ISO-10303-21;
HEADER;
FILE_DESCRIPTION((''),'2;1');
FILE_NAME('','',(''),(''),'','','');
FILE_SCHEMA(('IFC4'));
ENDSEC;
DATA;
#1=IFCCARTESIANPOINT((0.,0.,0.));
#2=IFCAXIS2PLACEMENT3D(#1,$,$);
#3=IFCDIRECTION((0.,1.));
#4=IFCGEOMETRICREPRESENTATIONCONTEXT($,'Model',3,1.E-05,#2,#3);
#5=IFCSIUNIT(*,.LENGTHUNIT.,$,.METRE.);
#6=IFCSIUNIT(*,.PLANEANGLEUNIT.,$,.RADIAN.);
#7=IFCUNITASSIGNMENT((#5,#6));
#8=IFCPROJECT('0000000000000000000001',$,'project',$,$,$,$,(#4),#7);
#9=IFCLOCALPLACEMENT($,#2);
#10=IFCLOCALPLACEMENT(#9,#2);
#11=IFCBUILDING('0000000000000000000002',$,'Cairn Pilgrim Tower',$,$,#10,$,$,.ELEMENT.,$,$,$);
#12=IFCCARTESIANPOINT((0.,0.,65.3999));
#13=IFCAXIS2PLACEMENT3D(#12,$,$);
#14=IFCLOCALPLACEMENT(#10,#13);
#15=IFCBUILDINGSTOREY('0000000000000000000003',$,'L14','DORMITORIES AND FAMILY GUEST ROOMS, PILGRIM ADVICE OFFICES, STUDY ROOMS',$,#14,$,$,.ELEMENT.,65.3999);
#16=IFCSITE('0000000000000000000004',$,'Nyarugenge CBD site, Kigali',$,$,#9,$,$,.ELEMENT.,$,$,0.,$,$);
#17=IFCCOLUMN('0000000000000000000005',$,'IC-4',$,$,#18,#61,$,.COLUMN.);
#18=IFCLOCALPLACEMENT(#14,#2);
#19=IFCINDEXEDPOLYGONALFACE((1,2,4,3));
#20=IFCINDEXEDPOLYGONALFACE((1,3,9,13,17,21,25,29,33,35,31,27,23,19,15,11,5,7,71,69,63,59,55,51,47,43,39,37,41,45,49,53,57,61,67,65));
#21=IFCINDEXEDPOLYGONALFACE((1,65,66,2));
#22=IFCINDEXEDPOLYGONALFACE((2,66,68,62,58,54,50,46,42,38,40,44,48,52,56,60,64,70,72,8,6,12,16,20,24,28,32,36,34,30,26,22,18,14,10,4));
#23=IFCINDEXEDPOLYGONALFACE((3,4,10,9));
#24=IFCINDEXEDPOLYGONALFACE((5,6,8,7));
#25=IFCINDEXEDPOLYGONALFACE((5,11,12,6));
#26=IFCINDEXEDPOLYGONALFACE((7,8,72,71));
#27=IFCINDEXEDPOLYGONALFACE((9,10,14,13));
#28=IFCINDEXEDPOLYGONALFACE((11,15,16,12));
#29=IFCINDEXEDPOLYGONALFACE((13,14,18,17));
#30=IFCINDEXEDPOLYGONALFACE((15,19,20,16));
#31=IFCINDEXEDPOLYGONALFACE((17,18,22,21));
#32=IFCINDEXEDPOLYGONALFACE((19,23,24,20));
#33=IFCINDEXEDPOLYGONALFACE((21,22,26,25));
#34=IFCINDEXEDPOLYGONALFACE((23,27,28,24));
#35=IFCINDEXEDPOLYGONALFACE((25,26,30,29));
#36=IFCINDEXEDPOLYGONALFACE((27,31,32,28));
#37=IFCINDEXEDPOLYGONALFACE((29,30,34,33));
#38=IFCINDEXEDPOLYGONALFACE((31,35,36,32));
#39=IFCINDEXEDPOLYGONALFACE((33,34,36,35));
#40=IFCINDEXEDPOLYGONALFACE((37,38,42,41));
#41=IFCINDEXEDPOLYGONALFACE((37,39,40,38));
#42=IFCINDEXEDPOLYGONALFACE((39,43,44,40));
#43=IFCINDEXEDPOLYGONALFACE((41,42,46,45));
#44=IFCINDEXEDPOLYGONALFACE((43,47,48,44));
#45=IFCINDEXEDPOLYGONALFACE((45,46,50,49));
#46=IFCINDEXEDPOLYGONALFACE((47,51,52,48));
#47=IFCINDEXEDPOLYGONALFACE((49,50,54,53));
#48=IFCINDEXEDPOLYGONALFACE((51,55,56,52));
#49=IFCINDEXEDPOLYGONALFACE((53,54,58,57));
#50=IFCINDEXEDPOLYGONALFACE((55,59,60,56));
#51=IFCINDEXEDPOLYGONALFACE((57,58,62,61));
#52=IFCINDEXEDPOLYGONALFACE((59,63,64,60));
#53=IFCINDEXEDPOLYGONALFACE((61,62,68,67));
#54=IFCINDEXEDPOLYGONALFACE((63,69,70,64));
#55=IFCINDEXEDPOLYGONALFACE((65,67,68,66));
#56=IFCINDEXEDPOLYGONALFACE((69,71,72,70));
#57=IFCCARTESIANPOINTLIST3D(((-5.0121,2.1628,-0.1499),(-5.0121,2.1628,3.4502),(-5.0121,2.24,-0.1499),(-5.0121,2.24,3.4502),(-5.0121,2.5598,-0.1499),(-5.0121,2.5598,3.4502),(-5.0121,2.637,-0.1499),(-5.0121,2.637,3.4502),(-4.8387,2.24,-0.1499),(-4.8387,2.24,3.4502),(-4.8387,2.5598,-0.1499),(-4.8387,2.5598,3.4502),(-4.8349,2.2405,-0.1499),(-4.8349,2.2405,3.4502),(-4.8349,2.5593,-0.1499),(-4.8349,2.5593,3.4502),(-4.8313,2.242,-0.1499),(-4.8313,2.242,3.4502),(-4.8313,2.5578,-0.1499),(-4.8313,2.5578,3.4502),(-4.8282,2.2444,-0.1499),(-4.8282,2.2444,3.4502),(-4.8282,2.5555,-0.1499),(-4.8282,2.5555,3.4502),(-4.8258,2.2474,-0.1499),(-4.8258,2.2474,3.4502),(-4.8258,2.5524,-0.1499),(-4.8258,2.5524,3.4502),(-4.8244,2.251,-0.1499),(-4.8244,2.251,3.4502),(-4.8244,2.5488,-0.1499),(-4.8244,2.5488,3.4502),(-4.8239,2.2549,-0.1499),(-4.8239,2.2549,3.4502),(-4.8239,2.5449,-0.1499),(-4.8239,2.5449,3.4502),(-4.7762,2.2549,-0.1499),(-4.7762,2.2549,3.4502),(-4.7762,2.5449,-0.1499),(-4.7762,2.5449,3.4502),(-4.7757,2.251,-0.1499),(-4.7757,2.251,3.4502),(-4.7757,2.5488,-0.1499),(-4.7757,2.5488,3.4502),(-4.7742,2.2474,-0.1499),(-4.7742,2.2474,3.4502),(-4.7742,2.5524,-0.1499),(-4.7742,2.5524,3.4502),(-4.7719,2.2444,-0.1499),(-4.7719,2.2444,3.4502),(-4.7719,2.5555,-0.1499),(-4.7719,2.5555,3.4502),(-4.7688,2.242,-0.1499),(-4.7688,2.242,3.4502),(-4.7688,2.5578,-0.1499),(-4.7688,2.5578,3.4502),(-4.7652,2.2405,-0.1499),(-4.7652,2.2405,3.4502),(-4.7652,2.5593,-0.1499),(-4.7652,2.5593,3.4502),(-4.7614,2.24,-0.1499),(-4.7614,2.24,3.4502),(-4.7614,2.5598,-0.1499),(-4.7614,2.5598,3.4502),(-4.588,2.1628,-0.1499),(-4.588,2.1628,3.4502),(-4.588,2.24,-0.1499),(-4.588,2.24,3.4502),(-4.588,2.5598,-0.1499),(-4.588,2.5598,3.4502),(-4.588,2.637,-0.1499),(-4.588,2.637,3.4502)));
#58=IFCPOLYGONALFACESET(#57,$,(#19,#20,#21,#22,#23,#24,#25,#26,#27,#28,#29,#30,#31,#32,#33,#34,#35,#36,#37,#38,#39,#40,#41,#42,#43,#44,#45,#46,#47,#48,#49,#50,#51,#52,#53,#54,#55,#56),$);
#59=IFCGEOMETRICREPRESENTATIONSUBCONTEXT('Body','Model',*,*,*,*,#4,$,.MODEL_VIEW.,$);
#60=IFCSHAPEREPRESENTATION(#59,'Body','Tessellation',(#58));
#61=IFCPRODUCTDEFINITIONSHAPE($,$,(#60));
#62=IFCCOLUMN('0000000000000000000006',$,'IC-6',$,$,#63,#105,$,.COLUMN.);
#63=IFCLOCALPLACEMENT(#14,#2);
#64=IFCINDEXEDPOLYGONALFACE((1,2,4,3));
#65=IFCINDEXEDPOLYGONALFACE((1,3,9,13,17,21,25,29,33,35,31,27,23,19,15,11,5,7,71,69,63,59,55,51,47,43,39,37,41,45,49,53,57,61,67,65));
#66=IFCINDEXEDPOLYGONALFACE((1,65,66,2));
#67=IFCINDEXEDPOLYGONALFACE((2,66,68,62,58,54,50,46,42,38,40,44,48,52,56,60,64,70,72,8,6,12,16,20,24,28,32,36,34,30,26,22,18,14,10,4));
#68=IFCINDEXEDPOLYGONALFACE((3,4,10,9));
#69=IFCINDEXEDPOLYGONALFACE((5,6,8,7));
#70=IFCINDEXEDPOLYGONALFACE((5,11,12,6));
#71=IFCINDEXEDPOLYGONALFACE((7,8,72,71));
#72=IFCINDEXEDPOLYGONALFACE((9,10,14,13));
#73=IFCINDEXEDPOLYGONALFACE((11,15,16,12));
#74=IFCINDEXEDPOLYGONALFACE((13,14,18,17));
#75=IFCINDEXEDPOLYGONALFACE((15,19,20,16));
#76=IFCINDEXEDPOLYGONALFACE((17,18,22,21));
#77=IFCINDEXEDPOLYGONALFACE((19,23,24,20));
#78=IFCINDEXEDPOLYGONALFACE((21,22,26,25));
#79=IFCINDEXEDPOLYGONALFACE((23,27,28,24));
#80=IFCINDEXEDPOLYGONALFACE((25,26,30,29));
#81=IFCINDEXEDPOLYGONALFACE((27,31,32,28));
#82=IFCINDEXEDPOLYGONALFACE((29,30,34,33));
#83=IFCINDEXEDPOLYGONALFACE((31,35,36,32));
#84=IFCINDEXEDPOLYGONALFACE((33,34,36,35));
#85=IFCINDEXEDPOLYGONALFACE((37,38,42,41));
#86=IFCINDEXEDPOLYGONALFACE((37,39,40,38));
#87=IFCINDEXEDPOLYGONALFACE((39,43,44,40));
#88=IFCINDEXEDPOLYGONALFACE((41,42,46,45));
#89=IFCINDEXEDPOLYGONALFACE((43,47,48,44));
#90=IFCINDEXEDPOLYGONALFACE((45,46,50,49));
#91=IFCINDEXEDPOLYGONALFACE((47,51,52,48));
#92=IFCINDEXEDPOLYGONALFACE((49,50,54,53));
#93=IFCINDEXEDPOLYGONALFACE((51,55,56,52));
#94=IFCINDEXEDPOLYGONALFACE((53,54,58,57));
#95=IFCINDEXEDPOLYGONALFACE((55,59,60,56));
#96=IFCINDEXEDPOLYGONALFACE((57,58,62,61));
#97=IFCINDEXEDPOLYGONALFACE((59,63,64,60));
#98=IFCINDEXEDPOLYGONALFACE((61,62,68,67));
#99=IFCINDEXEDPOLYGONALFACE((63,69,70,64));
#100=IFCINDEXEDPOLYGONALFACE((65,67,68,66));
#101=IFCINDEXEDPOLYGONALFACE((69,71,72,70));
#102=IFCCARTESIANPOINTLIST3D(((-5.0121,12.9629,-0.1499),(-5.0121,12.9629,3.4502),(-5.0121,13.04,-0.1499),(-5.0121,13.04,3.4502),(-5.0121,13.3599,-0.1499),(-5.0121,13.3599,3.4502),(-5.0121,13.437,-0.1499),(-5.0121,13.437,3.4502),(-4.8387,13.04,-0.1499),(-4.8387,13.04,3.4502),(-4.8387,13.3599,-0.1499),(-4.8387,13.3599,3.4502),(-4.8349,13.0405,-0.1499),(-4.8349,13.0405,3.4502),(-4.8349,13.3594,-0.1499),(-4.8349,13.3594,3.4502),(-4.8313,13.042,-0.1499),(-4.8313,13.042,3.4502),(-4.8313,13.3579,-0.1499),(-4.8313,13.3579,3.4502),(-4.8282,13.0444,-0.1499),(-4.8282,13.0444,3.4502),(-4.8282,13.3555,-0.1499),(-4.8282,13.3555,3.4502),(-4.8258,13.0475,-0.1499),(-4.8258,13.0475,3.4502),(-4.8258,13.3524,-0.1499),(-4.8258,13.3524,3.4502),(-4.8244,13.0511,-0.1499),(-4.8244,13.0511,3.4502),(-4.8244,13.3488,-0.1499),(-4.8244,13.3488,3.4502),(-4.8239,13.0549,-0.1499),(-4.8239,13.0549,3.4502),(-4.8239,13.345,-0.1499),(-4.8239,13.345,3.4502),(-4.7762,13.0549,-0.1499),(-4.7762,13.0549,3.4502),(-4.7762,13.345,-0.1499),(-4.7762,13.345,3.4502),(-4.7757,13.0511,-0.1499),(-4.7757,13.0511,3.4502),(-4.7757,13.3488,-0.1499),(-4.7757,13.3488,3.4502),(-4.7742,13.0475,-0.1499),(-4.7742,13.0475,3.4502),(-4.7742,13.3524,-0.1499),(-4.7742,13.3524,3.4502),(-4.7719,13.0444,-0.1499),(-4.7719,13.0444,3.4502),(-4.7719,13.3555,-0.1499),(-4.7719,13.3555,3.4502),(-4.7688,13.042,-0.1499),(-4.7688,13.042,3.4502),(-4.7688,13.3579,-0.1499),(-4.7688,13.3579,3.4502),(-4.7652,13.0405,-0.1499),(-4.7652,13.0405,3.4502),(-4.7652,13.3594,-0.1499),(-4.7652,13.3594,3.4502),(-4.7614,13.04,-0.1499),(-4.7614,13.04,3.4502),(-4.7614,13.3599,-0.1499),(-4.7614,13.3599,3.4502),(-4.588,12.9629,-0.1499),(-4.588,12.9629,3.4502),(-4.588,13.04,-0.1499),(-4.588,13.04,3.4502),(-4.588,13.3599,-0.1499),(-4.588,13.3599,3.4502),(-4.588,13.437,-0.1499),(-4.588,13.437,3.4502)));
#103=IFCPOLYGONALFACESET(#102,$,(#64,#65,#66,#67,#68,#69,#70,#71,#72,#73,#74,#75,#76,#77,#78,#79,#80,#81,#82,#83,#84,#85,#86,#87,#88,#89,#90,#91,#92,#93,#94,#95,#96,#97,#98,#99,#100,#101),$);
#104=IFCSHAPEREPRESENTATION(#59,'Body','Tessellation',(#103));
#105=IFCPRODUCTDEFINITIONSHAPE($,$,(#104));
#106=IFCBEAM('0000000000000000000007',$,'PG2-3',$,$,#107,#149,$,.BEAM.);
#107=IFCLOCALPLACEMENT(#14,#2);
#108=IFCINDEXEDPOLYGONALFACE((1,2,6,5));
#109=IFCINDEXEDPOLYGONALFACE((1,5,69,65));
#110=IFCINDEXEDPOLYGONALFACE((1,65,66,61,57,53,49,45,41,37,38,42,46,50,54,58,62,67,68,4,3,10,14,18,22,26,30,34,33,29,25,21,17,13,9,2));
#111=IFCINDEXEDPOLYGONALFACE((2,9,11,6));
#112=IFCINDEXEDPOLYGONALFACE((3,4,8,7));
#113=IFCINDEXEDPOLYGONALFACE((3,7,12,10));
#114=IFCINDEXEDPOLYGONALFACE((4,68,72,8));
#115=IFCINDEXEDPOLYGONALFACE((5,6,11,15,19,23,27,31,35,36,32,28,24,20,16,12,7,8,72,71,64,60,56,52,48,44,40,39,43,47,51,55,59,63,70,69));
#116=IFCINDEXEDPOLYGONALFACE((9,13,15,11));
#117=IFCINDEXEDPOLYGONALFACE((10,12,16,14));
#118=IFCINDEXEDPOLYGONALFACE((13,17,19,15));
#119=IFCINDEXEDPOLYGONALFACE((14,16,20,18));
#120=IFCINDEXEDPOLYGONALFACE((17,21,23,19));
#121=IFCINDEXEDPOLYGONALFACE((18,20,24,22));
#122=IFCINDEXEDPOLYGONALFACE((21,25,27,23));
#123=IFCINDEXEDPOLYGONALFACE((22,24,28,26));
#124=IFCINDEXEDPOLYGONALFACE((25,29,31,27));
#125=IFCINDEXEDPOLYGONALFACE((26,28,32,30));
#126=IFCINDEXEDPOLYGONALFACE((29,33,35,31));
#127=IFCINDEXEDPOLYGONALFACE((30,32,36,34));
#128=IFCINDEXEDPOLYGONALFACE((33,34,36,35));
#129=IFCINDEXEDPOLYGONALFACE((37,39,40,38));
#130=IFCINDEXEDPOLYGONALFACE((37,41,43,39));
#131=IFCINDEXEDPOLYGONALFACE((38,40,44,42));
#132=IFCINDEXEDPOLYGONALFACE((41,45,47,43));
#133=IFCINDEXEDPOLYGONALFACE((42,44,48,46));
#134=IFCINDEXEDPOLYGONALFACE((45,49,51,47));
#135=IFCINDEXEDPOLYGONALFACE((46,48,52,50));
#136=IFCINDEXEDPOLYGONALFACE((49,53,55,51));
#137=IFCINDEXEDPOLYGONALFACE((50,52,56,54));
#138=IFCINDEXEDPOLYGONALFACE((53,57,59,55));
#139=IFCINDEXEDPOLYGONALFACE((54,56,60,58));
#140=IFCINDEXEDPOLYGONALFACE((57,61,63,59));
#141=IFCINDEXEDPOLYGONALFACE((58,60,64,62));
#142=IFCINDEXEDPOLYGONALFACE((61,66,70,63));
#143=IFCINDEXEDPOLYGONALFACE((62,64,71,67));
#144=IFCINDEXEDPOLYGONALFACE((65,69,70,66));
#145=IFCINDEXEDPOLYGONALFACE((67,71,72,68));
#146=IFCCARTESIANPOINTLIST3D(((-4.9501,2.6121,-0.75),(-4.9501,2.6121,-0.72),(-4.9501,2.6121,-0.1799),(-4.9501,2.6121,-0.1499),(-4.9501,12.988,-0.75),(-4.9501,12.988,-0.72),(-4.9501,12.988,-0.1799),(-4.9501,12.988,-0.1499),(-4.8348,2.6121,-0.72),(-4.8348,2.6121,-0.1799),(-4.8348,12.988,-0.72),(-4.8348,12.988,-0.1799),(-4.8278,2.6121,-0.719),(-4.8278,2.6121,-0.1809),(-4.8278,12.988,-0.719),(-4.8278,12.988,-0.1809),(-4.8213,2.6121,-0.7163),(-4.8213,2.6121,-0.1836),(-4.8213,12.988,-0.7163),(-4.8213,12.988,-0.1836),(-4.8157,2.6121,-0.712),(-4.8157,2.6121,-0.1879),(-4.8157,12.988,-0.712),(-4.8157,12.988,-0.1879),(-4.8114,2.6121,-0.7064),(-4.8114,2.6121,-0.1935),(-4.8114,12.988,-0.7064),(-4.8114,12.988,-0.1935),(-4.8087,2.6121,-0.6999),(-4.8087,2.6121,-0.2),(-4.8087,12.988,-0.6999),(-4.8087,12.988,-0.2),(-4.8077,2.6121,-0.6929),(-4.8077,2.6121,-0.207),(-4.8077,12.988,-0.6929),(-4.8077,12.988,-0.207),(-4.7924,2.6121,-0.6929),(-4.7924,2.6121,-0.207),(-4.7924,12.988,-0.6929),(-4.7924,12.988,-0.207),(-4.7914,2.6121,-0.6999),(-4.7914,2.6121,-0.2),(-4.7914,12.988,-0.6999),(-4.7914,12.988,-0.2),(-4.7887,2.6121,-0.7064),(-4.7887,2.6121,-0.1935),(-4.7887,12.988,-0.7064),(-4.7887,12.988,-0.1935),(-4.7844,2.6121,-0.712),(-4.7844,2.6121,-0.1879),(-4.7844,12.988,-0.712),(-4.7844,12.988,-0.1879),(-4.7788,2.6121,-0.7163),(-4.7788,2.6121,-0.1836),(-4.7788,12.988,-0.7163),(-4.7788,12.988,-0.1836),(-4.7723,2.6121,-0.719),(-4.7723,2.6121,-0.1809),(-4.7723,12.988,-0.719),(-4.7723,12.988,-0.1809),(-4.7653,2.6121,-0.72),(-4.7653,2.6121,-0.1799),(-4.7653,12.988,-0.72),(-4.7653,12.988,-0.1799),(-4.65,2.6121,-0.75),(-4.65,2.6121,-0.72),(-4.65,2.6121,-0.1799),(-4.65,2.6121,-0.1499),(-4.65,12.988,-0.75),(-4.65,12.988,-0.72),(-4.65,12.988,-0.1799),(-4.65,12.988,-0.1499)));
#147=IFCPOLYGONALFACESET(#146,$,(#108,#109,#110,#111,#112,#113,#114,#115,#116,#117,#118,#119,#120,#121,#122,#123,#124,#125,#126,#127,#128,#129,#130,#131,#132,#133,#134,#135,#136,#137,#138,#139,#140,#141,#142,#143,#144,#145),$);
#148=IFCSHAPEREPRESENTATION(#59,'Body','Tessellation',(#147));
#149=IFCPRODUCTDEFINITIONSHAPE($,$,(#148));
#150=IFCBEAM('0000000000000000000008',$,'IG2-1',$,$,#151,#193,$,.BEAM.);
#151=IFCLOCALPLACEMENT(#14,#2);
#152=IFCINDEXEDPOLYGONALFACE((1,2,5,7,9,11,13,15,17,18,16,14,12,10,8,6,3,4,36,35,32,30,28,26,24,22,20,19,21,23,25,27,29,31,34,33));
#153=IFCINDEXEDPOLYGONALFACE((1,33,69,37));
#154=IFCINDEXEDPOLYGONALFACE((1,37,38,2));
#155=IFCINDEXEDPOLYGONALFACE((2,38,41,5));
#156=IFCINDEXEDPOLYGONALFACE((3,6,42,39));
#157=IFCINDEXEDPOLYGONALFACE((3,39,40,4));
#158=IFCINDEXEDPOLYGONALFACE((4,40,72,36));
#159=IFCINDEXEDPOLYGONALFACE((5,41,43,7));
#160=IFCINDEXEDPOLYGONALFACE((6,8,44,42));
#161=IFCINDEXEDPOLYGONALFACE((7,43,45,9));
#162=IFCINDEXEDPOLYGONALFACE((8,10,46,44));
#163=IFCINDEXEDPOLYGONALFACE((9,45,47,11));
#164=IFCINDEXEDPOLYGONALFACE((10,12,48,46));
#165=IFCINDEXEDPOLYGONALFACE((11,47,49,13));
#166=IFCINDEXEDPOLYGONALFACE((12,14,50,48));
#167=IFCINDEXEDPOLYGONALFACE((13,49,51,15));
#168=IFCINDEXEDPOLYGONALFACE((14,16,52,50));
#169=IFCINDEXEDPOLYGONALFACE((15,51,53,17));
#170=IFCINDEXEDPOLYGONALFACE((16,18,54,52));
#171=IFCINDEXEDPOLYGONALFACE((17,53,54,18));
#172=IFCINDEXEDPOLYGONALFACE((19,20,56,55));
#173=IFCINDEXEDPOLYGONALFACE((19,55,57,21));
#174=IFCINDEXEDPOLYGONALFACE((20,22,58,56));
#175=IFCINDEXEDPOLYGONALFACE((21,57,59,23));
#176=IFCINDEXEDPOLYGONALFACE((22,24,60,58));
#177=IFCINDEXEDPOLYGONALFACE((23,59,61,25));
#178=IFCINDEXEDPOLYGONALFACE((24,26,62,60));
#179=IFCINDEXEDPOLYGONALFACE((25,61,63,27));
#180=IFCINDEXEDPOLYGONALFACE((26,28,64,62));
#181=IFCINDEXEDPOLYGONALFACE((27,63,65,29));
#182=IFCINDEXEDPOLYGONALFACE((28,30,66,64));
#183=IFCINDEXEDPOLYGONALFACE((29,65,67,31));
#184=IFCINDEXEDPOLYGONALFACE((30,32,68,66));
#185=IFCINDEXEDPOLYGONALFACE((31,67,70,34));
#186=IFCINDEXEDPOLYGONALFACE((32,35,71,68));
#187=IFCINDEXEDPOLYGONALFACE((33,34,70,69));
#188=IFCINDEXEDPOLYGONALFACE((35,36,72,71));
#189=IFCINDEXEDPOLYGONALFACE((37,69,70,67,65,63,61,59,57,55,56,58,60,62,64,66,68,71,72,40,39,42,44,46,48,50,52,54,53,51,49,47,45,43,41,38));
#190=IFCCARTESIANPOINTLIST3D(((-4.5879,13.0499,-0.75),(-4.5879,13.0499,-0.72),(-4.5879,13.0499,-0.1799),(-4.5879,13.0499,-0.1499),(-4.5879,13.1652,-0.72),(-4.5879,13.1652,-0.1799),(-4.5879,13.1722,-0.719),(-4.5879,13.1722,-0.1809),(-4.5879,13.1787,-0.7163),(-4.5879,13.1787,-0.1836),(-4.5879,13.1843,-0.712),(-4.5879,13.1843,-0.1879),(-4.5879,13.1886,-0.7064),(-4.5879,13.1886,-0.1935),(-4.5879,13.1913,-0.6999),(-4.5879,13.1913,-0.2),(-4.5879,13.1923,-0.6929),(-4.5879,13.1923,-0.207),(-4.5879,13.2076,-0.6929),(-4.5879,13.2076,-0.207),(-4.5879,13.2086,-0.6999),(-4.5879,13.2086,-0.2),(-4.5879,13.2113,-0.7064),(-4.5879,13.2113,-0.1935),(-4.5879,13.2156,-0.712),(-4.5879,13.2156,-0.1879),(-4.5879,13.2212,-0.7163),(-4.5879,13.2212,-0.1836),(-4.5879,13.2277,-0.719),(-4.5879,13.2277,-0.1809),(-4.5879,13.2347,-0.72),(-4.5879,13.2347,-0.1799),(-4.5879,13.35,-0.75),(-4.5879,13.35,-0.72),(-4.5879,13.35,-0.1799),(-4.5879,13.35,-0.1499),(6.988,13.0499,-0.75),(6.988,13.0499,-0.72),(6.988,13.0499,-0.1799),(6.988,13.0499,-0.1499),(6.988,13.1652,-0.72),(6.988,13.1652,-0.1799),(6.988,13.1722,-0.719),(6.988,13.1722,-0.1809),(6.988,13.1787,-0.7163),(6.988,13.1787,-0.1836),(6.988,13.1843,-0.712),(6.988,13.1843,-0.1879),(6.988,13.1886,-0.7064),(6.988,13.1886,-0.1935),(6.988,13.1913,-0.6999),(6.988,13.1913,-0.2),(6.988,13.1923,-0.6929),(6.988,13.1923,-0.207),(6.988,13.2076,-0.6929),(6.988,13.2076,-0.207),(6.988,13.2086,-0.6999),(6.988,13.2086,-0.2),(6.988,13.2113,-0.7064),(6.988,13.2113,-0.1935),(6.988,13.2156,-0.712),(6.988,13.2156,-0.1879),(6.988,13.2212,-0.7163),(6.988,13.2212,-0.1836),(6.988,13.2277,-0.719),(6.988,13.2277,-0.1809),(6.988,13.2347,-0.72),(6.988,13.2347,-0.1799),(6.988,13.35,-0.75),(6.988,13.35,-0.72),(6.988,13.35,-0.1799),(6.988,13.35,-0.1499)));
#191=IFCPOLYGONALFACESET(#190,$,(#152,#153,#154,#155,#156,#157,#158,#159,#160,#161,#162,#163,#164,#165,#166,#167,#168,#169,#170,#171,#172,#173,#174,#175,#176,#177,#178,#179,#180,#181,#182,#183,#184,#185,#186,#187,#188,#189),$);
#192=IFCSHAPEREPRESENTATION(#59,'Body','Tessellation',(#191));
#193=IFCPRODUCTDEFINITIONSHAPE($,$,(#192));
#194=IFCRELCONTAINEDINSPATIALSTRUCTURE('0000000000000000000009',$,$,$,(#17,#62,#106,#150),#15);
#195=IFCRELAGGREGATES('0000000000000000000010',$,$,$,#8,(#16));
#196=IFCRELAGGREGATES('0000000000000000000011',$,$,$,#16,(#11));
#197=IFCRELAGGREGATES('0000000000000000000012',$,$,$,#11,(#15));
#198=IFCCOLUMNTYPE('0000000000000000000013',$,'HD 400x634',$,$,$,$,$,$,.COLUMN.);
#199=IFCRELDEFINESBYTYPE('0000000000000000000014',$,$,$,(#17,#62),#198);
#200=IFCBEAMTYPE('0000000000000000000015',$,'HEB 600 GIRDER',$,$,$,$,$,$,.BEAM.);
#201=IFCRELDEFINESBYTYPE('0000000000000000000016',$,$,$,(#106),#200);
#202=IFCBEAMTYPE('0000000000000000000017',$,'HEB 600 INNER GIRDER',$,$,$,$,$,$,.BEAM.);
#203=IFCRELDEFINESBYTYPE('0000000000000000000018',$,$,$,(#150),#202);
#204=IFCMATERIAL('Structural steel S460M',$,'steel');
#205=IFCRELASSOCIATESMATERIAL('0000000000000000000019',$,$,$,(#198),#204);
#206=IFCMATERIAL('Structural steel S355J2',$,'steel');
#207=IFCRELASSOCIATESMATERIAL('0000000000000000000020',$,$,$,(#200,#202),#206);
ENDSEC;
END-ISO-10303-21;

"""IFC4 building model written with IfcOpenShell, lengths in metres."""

from ifc_helpers import new_model, si_unit, direction, frame, origin, origin_2d, place, context, subcontext, project, spatial, i_section, extrude, material, material_profile, profile_set, type_object, element, save


model = new_model("IFC4")

# Units and contexts
model_context = context("Model", 3, precision=1e-05, world=origin(), true_north=direction((0.0, 1.0)))
body_context = subcontext(model_context, "Body", "Model", "MODEL_VIEW")
ifc_project = project(units=[si_unit("LENGTHUNIT", "METRE"), si_unit("PLANEANGLEUNIT", "RADIAN")], contexts=[model_context])

# Site, building, storey
site_placement = place(None, origin())
site = spatial("IfcSite", under=ifc_project, at=site_placement, Name="Nyarugenge CBD site, Kigali", CompositionType="ELEMENT", RefElevation=0.0)
building_placement = place(site_placement, origin())
building = spatial("IfcBuilding", under=site, at=building_placement, Name="Cairn Pilgrim Tower", CompositionType="ELEMENT")
storey_placement = place(building_placement, frame((0.0, 0.0, 65.3999)))
storey = spatial("IfcBuildingStorey", under=building, at=storey_placement, Name="L14", Description="DORMITORIES AND FAMILY GUEST ROOMS, PILGRIM ADVICE OFFICES, STUDY ROOMS", CompositionType="ELEMENT", Elevation=65.3999)

# Columns
ifc_material_1 = material(Name="Structural steel S460M", Category="steel")
ifc_material_profile_1 = material_profile(ifc_material_1, i_section(OverallWidth=0.4241, OverallDepth=0.4741, WebThickness=0.0476, FlangeThickness=0.0771, FilletRadius=0.0149, at=origin_2d()), Name="HD 400x634")
ifc_profile_set_1 = profile_set([ifc_material_profile_1], Name="Structural steel S460M")
column_type = type_object("IfcColumnType", Name="HD 400x634", PredefinedType="COLUMN", material=ifc_profile_set_1)
for number, where, z_axis, x_axis, name in (
    (1, (-4.8, 2.3999, -0.1499), (0.0, 0.0, 1.0), (1.0, 0.0, 0.0), "IC-4"),
    (2, (-4.8, 13.2, -0.1499), (0.0, 0.0, 1.0), (1.0, 0.0, 0.0), "IC-6"),
):
    element("IfcColumn", number, at=place(storey_placement, frame(where, z_axis=z_axis, x_axis=x_axis)), inside=storey, type_object=column_type, Name=name, PredefinedType="COLUMN", context=body_context, shape_type="SweptSolid", body=[
        extrude(i_section(OverallWidth=0.4241, OverallDepth=0.4741, WebThickness=0.0476, FlangeThickness=0.0771, FilletRadius=0.0149, at=origin_2d()), origin(), (0.0, 0.0, 1.0), 3.6001),
    ])

# Beams
ifc_material_2 = material(Name="Structural steel S355J2", Category="steel")
ifc_material_profile_2 = material_profile(ifc_material_2, i_section(OverallWidth=0.3, OverallDepth=0.6001, WebThickness=0.0154, FlangeThickness=0.03, FilletRadius=0.0271, at=origin_2d()), Name="HEB 600")
ifc_profile_set_2 = profile_set([ifc_material_profile_2], Name="Structural steel S355J2")
beam_type_1 = type_object("IfcBeamType", Name="HEB 600 GIRDER", PredefinedType="BEAM", material=ifc_profile_set_2)
beam_1_placement = place(storey_placement, frame((-4.8, 2.6121, -0.45), z_axis=(0.0, 1.0, 0.0), x_axis=(-1.0, 0.0, 0.0)))
element("IfcBeam", 3, at=beam_1_placement, inside=storey, type_object=beam_type_1, Name="PG2-3", PredefinedType="BEAM", context=body_context, shape_type="SweptSolid", body=[
    extrude(i_section(OverallWidth=0.3, OverallDepth=0.6001, WebThickness=0.0154, FlangeThickness=0.03, FilletRadius=0.0271, at=origin_2d()), origin(), (0.0, 0.0, 1.0), 10.376),
])
ifc_material_profile_3 = material_profile(ifc_material_2, i_section(OverallWidth=0.3, OverallDepth=0.6001, WebThickness=0.0154, FlangeThickness=0.03, FilletRadius=0.0271, at=origin_2d()), Name="HEB 600")
ifc_profile_set_3 = profile_set([ifc_material_profile_3], Name="Structural steel S355J2")
beam_type_2 = type_object("IfcBeamType", Name="HEB 600 INNER GIRDER", PredefinedType="BEAM", material=ifc_profile_set_3)
beam_2_placement = place(storey_placement, frame((-4.5879, 13.2, -0.45), z_axis=(1.0, 0.0, 0.0), x_axis=(0.0, 1.0, 0.0)))
element("IfcBeam", 4, at=beam_2_placement, inside=storey, type_object=beam_type_2, Name="IG2-1", PredefinedType="BEAM", context=body_context, shape_type="SweptSolid", body=[
    extrude(i_section(OverallWidth=0.3, OverallDepth=0.6001, WebThickness=0.0154, FlangeThickness=0.03, FilletRadius=0.0271, at=origin_2d()), origin(), (0.0, 0.0, 1.0), 11.5759),
])

save(model, "model.ifc")
